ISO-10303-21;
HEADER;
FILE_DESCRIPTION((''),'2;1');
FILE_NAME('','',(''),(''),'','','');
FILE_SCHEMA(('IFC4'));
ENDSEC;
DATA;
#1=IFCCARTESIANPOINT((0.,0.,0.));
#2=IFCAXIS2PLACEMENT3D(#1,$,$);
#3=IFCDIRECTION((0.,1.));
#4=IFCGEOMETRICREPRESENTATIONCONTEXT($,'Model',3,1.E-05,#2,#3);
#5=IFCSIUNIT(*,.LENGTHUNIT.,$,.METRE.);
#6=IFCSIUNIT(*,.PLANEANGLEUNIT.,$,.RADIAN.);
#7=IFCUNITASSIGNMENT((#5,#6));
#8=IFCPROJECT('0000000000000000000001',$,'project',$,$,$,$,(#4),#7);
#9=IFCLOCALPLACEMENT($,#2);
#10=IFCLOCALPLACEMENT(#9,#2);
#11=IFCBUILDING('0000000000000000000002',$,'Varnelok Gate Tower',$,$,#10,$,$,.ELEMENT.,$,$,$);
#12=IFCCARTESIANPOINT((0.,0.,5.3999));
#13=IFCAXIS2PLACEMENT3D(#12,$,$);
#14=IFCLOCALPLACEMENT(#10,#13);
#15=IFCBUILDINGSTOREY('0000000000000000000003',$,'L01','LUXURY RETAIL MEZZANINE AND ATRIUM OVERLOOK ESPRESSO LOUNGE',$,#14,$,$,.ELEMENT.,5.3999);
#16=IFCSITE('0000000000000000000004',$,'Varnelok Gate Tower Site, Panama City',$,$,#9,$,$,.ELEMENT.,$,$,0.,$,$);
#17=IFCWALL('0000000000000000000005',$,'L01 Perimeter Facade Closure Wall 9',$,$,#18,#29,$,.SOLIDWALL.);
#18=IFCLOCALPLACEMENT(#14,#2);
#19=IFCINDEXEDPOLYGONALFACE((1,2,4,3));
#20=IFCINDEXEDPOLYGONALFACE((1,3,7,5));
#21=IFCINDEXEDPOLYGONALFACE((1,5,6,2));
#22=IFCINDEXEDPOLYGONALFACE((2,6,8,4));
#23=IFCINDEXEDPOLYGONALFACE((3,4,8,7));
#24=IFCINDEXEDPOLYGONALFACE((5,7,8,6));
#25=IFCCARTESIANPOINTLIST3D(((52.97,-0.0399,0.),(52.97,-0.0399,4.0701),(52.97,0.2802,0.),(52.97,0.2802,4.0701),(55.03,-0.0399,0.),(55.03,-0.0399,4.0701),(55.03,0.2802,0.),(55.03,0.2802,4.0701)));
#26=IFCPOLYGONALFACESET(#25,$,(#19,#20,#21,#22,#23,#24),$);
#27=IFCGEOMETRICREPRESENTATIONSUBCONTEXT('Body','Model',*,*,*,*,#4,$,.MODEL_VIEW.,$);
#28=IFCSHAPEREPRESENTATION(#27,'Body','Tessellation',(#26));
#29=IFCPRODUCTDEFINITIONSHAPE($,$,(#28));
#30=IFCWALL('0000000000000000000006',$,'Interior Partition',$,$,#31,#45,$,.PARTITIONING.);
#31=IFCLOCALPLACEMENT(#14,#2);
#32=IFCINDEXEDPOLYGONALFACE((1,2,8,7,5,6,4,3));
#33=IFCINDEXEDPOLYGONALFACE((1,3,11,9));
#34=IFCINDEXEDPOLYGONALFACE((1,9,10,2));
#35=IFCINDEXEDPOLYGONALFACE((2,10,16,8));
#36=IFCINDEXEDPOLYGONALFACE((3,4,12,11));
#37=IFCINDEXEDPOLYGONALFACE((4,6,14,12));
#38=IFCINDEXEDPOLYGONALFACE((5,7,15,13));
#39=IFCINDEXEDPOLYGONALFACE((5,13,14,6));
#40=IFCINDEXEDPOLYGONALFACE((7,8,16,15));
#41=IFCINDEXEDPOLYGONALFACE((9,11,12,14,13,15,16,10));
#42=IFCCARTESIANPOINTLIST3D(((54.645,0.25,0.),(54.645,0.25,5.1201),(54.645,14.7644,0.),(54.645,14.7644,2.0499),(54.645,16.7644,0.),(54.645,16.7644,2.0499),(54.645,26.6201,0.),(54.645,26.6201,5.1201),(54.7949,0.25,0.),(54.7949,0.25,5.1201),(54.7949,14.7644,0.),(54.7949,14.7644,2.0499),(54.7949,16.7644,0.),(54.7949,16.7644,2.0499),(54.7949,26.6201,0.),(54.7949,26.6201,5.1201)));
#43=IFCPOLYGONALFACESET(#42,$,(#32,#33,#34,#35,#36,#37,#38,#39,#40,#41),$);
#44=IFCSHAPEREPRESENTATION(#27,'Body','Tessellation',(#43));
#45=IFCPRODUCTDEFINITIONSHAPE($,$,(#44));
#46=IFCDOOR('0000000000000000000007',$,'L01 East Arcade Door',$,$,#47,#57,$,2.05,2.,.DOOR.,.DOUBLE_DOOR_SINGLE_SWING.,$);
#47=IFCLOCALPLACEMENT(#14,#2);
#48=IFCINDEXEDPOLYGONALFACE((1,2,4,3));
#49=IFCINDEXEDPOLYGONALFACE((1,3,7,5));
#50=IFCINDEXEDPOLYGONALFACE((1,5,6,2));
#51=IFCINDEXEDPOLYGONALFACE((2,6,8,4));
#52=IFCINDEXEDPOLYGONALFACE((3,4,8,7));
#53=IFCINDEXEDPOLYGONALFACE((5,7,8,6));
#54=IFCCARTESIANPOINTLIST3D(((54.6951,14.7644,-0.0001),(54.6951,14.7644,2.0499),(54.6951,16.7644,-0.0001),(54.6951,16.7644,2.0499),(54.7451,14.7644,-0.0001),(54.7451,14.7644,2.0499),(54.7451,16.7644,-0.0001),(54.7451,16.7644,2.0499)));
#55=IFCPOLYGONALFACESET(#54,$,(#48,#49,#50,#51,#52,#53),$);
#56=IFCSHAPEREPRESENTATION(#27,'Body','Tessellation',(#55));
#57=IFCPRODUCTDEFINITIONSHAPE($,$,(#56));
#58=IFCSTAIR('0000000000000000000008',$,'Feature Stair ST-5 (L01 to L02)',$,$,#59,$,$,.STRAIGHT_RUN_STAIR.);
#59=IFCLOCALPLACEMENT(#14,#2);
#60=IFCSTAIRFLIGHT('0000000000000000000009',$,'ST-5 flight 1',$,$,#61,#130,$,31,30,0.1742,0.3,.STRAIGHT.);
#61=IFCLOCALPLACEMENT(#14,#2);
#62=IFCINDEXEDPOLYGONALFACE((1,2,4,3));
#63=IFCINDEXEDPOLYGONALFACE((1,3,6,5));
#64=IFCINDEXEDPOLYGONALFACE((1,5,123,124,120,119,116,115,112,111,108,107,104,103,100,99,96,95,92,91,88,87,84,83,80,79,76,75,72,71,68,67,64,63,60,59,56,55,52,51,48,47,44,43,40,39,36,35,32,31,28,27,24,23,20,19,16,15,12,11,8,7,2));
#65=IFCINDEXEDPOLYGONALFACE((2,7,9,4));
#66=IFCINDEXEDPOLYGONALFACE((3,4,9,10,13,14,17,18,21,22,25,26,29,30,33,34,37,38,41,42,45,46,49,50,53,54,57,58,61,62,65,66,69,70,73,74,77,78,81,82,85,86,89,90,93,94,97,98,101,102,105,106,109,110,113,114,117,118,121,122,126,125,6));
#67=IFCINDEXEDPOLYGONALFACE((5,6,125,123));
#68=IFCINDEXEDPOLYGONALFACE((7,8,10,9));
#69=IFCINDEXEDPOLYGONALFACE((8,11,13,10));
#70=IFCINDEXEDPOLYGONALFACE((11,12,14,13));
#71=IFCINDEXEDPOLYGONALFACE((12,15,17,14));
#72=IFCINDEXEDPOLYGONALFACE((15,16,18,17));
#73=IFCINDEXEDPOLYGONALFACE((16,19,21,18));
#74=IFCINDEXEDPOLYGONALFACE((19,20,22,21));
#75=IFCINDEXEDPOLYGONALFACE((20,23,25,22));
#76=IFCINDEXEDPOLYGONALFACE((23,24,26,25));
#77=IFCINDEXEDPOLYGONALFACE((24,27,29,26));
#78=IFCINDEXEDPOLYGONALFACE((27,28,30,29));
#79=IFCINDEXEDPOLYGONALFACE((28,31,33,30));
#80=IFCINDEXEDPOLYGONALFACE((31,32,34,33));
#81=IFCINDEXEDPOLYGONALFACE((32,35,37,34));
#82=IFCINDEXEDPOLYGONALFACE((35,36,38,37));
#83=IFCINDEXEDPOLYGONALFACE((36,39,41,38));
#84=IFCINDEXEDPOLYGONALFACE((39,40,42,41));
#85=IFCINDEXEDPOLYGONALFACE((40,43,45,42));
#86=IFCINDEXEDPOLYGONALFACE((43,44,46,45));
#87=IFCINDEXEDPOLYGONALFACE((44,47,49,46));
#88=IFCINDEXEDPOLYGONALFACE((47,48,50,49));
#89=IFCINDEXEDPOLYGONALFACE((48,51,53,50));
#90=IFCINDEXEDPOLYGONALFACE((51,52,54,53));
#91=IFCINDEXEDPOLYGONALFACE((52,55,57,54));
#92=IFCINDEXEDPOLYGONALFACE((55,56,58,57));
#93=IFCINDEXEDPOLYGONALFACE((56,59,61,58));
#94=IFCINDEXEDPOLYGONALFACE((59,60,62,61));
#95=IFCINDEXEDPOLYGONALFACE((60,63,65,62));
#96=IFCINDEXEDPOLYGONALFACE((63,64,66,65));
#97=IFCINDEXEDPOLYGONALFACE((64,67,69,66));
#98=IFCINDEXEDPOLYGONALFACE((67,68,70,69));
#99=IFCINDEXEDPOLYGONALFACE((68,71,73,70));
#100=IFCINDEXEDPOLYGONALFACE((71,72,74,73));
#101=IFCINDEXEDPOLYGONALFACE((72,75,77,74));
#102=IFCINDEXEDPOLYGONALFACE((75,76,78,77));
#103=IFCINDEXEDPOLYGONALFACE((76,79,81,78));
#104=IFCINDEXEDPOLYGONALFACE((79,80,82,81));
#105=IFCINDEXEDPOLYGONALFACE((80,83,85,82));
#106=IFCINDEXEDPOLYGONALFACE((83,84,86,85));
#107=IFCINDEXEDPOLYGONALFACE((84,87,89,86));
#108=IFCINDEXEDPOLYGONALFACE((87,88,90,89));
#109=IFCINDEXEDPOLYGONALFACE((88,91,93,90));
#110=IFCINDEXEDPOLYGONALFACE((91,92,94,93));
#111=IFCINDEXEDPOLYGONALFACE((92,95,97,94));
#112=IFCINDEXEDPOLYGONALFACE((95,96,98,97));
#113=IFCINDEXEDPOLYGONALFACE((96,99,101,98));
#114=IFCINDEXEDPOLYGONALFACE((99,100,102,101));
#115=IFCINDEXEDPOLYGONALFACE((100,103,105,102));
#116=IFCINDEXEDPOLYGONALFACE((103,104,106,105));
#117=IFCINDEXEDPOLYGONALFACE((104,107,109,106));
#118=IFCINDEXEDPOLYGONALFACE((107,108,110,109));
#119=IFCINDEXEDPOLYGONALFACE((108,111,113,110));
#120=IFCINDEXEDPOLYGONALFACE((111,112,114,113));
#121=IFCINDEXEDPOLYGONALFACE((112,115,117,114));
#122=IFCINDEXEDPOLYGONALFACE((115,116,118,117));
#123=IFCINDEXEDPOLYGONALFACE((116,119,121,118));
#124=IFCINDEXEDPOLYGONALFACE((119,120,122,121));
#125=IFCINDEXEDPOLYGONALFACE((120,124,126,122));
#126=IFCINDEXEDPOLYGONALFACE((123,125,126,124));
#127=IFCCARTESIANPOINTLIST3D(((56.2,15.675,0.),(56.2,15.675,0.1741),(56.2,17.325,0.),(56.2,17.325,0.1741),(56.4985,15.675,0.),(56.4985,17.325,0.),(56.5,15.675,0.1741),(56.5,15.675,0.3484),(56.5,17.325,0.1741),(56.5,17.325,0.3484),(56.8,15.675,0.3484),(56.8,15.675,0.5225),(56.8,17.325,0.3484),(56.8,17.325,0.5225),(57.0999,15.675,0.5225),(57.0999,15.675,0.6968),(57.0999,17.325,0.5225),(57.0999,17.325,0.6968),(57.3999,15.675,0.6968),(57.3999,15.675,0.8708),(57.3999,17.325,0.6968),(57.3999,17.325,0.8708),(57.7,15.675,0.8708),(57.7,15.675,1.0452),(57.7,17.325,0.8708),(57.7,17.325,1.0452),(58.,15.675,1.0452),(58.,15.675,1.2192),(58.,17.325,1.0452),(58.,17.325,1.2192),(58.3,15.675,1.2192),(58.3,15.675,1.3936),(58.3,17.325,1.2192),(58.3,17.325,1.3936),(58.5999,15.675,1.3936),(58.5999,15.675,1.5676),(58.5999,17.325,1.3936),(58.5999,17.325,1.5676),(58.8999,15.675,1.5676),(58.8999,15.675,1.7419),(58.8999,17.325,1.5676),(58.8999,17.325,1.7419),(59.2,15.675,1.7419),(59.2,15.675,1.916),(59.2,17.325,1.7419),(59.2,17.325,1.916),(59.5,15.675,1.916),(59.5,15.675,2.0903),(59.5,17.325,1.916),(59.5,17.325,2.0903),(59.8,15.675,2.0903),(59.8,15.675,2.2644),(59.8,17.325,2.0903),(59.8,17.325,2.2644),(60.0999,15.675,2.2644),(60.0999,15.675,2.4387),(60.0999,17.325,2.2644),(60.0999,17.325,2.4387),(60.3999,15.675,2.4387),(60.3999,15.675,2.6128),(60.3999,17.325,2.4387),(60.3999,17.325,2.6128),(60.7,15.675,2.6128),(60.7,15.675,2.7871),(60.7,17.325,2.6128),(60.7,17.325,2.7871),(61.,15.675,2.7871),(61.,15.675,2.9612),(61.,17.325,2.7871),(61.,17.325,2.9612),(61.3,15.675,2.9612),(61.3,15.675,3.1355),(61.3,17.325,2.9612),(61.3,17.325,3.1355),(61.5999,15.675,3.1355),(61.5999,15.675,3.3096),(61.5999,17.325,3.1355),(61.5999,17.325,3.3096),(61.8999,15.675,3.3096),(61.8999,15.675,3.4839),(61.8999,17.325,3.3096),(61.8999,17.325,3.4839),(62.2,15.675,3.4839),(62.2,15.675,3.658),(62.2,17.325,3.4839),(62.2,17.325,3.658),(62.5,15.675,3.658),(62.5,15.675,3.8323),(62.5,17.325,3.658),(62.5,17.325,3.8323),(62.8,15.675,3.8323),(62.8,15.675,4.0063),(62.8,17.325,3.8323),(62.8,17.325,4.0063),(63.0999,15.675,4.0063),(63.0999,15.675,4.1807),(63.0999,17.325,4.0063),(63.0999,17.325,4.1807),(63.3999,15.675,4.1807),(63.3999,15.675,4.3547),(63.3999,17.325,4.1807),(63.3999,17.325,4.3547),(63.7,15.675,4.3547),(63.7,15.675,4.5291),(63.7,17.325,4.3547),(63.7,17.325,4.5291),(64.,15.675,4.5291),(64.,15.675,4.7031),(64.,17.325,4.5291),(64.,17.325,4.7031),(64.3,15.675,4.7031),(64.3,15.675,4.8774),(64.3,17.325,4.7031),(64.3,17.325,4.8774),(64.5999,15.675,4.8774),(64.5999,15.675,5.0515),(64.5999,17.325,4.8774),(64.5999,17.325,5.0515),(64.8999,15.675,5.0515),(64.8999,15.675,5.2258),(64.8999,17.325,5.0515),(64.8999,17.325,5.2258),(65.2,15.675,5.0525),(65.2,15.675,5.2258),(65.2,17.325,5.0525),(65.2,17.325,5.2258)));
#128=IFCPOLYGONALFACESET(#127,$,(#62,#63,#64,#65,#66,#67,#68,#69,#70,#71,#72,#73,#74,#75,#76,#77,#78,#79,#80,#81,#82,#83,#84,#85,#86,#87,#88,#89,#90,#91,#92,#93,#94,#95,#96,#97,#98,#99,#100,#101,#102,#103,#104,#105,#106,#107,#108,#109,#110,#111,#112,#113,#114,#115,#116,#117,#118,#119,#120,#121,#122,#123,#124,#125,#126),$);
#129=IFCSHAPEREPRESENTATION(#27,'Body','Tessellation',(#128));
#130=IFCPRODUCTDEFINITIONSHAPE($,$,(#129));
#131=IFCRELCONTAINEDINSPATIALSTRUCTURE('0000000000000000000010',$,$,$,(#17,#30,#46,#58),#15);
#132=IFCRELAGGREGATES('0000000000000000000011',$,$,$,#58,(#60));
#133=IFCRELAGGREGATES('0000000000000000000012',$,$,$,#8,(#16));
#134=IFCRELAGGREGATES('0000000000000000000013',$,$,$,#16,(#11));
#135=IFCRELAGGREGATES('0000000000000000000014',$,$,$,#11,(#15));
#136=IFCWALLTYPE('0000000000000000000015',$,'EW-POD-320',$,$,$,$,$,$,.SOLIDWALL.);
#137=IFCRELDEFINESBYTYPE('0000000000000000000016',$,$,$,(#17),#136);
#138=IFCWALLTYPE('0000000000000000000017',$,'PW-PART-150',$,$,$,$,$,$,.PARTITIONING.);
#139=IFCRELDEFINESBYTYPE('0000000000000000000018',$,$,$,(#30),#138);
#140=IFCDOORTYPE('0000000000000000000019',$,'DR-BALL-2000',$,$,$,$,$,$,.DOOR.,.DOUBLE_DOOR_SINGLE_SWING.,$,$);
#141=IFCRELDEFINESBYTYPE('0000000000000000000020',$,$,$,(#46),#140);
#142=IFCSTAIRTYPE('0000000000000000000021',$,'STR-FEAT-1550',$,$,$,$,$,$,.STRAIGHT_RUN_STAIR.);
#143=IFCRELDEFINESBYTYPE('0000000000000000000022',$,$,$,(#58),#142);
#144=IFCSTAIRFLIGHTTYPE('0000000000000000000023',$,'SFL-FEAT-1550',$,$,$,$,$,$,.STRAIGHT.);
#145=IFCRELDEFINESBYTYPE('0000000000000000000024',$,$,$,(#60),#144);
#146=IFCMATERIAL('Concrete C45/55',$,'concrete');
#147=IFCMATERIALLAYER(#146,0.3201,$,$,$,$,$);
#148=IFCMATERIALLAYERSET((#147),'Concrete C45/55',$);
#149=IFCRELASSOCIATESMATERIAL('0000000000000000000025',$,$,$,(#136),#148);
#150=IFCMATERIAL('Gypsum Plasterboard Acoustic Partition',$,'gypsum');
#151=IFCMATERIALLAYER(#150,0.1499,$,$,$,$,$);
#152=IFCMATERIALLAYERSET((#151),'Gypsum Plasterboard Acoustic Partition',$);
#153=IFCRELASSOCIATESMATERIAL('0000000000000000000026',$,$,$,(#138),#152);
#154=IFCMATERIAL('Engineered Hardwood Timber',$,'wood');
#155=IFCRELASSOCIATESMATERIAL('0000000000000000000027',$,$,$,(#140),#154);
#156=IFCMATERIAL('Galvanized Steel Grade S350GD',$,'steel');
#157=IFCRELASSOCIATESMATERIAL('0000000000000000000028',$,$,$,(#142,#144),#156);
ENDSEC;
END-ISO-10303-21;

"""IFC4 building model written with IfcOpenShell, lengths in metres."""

from ifc_helpers import new_model, si_unit, direction, frame, frame_2d, origin, place, context, subcontext, project, spatial, polyline, rectangle, outline, extrude, material, layer, layer_set, type_object, element, fill, aggregate, save


model = new_model("IFC4")

# Units and contexts
model_context = context("Model", 3, precision=1e-05, world=origin(), true_north=direction((0.0, 1.0)))
body_context = subcontext(model_context, "Body", "Model", "MODEL_VIEW")
ifc_project = project(units=[si_unit("LENGTHUNIT", "METRE"), si_unit("PLANEANGLEUNIT", "RADIAN")], contexts=[model_context])

# Site, building, storey
site_placement = place(None, origin())
site = spatial("IfcSite", under=ifc_project, at=site_placement, Name="Varnelok Gate Tower Site, Panama City", CompositionType="ELEMENT", RefElevation=0.0)
building_placement = place(site_placement, origin())
building = spatial("IfcBuilding", under=site, at=building_placement, Name="Varnelok Gate Tower", CompositionType="ELEMENT")
storey_placement = place(building_placement, frame((0.0, 0.0, 5.3999)))
storey = spatial("IfcBuildingStorey", under=building, at=storey_placement, Name="L01", Description="LUXURY RETAIL MEZZANINE AND ATRIUM OVERLOOK ESPRESSO LOUNGE", CompositionType="ELEMENT", Elevation=5.3999)

# Wall
ifc_material_1 = material(Name="Concrete C45/55", Category="concrete")
ifc_layer_1 = layer(ifc_material_1, 0.3201)
ifc_layer_set_1 = layer_set([ifc_layer_1], Name="Concrete C45/55")
wall_type_1 = type_object("IfcWallType", Name="EW-POD-320", PredefinedType="SOLIDWALL", material=ifc_layer_set_1)
wall_1_placement = place(storey_placement, frame((52.97, 0.1201, 0.0), z_axis=(0.0, 0.0, 1.0), x_axis=(1.0, 0.0, 0.0)))
element("IfcWall", 1, at=wall_1_placement, inside=storey, type_object=wall_type_1, Name="L01 Perimeter Facade Closure Wall 9", PredefinedType="SOLIDWALL", context=body_context, shape_type="SweptSolid", body=[
    extrude(rectangle(XDim=2.0601, YDim=0.3201, at=frame_2d((1.03, 0.0))), origin(), (0.0, 0.0, 1.0), 4.0701),
])

# Wall, opening, door
ifc_material_2 = material(Name="Gypsum Plasterboard Acoustic Partition", Category="gypsum")
ifc_layer_2 = layer(ifc_material_2, 0.1499)
ifc_layer_set_2 = layer_set([ifc_layer_2], Name="Gypsum Plasterboard Acoustic Partition")
wall_type_2 = type_object("IfcWallType", Name="PW-PART-150", PredefinedType="PARTITIONING", material=ifc_layer_set_2)
wall_2_placement = place(storey_placement, frame((54.72, 0.25, 0.0), z_axis=(0.0, 0.0, 1.0), x_axis=(0.0, 1.0, 0.0)))
wall_2 = element("IfcWall", 2, at=wall_2_placement, inside=storey, type_object=wall_type_2, Name="Interior Partition", PredefinedType="PARTITIONING", context=body_context, shape_type="SweptSolid", body=[
    extrude(rectangle(XDim=26.3701, YDim=0.1499, at=frame_2d((13.1851, 0.0))), origin(), (0.0, 0.0, 1.0), 5.1201),
])
opening_placement = place(wall_2_placement, frame((14.5144, 0.0, 0.0)))
opening = element("IfcOpeningElement", 3, at=opening_placement, cuts=wall_2, PredefinedType="OPENING", context=body_context, shape_type="SweptSolid", body=[
    extrude(rectangle(XDim=2.0, YDim=2.05, at=frame_2d((1.0, 1.0249))), frame((0.0, 0.085, 0.0), z_axis=(0.0, -1.0, 0.0), x_axis=(1.0, 0.0, 0.0)), (0.0, 0.0, 1.0), 0.1699),
])
ifc_material_3 = material(Name="Engineered Hardwood Timber", Category="wood")
door_type = type_object("IfcDoorType", Name="DR-BALL-2000", OperationType="DOUBLE_DOOR_SINGLE_SWING", PredefinedType="DOOR", material=ifc_material_3)
door_placement = place(opening_placement, origin())
door = element("IfcDoor", 4, at=door_placement, inside=storey, type_object=door_type, Name="L01 East Arcade Door", OperationType="DOUBLE_DOOR_SINGLE_SWING", OverallHeight=2.05, OverallWidth=2.0, PredefinedType="DOOR", context=body_context, shape_type="SweptSolid", body=[
    extrude(rectangle(XDim=2.0, YDim=2.05, at=frame_2d((1.0, 1.0249))), frame((0.0, 0.0249, 0.0), z_axis=(0.0, -1.0, 0.0), x_axis=(1.0, 0.0, 0.0)), (0.0, 0.0, 1.0), 0.05),
])
fill(opening, door)

# Stair, stair flight
ifc_material_4 = material(Name="Galvanized Steel Grade S350GD", Category="steel")
stair_type = type_object("IfcStairType", Name="STR-FEAT-1550", PredefinedType="STRAIGHT_RUN_STAIR", material=ifc_material_4)
stair_placement = place(storey_placement, origin())
stair = element("IfcStair", 5, at=stair_placement, inside=storey, type_object=stair_type, Name="Feature Stair ST-5 (L01 to L02)", PredefinedType="STRAIGHT_RUN_STAIR")
stair_flight_type = type_object("IfcStairFlightType", Name="SFL-FEAT-1550", PredefinedType="STRAIGHT", material=ifc_material_4)
stair_flight_placement = place(storey_placement, frame((56.2, 16.5, 0.0), z_axis=(0.0, 0.0, 1.0), x_axis=(1.0, 0.0, 0.0)))
stair_flight = element("IfcStairFlight", 6, at=stair_flight_placement, type_object=stair_flight_type, Name="ST-5 flight 1", NumberOfRisers=31, NumberOfTreads=30, PredefinedType="STRAIGHT", RiserHeight=0.1742, TreadLength=0.3, context=body_context, shape_type="SweptSolid", body=[
    extrude(outline(polyline([(0.0, 0.0), (0.0, 0.1741), (0.3, 0.1741), (0.3, 0.3484), (0.6001, 0.3484), (0.6001, 0.5225), (0.8999, 0.5225), (0.8999, 0.6968), (1.2, 0.6968), (1.2, 0.8708), (1.5, 0.8708), (1.5, 1.0452), (1.8, 1.0452), (1.8, 1.2192), (2.1001, 1.2192), (2.1001, 1.3936), (2.3999, 1.3936), (2.3999, 1.5676), (2.7, 1.5676), (2.7, 1.7419), (3.0, 1.7419), (3.0, 1.916), (3.3, 1.916), (3.3, 2.0903), (3.6001, 2.0903), (3.6001, 2.2644), (3.8999, 2.2644), (3.8999, 2.4387), (4.2, 2.4387), (4.2, 2.6128), (4.5, 2.6128), (4.5, 2.7871), (4.8, 2.7871), (4.8, 2.9612), (5.1001, 2.9612), (5.1001, 3.1355), (5.3999, 3.1355), (5.3999, 3.3096), (5.7, 3.3096), (5.7, 3.4839), (6.0, 3.4839), (6.0, 3.658), (6.3, 3.658), (6.3, 3.8323), (6.6001, 3.8323), (6.6001, 4.0063), (6.8999, 4.0063), (6.8999, 4.1807), (7.2, 4.1807), (7.2, 4.3547), (7.5, 4.3547), (7.5, 4.5291), (7.8, 4.5291), (7.8, 4.7031), (8.1001, 4.7031), (8.1001, 4.8774), (8.3999, 4.8774), (8.3999, 5.0515), (8.7, 5.0515), (8.7, 5.2258), (9.0, 5.2258), (9.0, 5.3999), (9.0, 5.0525), (0.2986, 0.0), (0.0, 0.0)])), frame((0.0, 0.825, 0.0), z_axis=(0.0, -1.0, 0.0), x_axis=(1.0, 0.0, 0.0)), (0.0, 0.0, 1.0), 1.6499),
])
aggregate(stair, [stair_flight])

save(model, "model.ifc")
